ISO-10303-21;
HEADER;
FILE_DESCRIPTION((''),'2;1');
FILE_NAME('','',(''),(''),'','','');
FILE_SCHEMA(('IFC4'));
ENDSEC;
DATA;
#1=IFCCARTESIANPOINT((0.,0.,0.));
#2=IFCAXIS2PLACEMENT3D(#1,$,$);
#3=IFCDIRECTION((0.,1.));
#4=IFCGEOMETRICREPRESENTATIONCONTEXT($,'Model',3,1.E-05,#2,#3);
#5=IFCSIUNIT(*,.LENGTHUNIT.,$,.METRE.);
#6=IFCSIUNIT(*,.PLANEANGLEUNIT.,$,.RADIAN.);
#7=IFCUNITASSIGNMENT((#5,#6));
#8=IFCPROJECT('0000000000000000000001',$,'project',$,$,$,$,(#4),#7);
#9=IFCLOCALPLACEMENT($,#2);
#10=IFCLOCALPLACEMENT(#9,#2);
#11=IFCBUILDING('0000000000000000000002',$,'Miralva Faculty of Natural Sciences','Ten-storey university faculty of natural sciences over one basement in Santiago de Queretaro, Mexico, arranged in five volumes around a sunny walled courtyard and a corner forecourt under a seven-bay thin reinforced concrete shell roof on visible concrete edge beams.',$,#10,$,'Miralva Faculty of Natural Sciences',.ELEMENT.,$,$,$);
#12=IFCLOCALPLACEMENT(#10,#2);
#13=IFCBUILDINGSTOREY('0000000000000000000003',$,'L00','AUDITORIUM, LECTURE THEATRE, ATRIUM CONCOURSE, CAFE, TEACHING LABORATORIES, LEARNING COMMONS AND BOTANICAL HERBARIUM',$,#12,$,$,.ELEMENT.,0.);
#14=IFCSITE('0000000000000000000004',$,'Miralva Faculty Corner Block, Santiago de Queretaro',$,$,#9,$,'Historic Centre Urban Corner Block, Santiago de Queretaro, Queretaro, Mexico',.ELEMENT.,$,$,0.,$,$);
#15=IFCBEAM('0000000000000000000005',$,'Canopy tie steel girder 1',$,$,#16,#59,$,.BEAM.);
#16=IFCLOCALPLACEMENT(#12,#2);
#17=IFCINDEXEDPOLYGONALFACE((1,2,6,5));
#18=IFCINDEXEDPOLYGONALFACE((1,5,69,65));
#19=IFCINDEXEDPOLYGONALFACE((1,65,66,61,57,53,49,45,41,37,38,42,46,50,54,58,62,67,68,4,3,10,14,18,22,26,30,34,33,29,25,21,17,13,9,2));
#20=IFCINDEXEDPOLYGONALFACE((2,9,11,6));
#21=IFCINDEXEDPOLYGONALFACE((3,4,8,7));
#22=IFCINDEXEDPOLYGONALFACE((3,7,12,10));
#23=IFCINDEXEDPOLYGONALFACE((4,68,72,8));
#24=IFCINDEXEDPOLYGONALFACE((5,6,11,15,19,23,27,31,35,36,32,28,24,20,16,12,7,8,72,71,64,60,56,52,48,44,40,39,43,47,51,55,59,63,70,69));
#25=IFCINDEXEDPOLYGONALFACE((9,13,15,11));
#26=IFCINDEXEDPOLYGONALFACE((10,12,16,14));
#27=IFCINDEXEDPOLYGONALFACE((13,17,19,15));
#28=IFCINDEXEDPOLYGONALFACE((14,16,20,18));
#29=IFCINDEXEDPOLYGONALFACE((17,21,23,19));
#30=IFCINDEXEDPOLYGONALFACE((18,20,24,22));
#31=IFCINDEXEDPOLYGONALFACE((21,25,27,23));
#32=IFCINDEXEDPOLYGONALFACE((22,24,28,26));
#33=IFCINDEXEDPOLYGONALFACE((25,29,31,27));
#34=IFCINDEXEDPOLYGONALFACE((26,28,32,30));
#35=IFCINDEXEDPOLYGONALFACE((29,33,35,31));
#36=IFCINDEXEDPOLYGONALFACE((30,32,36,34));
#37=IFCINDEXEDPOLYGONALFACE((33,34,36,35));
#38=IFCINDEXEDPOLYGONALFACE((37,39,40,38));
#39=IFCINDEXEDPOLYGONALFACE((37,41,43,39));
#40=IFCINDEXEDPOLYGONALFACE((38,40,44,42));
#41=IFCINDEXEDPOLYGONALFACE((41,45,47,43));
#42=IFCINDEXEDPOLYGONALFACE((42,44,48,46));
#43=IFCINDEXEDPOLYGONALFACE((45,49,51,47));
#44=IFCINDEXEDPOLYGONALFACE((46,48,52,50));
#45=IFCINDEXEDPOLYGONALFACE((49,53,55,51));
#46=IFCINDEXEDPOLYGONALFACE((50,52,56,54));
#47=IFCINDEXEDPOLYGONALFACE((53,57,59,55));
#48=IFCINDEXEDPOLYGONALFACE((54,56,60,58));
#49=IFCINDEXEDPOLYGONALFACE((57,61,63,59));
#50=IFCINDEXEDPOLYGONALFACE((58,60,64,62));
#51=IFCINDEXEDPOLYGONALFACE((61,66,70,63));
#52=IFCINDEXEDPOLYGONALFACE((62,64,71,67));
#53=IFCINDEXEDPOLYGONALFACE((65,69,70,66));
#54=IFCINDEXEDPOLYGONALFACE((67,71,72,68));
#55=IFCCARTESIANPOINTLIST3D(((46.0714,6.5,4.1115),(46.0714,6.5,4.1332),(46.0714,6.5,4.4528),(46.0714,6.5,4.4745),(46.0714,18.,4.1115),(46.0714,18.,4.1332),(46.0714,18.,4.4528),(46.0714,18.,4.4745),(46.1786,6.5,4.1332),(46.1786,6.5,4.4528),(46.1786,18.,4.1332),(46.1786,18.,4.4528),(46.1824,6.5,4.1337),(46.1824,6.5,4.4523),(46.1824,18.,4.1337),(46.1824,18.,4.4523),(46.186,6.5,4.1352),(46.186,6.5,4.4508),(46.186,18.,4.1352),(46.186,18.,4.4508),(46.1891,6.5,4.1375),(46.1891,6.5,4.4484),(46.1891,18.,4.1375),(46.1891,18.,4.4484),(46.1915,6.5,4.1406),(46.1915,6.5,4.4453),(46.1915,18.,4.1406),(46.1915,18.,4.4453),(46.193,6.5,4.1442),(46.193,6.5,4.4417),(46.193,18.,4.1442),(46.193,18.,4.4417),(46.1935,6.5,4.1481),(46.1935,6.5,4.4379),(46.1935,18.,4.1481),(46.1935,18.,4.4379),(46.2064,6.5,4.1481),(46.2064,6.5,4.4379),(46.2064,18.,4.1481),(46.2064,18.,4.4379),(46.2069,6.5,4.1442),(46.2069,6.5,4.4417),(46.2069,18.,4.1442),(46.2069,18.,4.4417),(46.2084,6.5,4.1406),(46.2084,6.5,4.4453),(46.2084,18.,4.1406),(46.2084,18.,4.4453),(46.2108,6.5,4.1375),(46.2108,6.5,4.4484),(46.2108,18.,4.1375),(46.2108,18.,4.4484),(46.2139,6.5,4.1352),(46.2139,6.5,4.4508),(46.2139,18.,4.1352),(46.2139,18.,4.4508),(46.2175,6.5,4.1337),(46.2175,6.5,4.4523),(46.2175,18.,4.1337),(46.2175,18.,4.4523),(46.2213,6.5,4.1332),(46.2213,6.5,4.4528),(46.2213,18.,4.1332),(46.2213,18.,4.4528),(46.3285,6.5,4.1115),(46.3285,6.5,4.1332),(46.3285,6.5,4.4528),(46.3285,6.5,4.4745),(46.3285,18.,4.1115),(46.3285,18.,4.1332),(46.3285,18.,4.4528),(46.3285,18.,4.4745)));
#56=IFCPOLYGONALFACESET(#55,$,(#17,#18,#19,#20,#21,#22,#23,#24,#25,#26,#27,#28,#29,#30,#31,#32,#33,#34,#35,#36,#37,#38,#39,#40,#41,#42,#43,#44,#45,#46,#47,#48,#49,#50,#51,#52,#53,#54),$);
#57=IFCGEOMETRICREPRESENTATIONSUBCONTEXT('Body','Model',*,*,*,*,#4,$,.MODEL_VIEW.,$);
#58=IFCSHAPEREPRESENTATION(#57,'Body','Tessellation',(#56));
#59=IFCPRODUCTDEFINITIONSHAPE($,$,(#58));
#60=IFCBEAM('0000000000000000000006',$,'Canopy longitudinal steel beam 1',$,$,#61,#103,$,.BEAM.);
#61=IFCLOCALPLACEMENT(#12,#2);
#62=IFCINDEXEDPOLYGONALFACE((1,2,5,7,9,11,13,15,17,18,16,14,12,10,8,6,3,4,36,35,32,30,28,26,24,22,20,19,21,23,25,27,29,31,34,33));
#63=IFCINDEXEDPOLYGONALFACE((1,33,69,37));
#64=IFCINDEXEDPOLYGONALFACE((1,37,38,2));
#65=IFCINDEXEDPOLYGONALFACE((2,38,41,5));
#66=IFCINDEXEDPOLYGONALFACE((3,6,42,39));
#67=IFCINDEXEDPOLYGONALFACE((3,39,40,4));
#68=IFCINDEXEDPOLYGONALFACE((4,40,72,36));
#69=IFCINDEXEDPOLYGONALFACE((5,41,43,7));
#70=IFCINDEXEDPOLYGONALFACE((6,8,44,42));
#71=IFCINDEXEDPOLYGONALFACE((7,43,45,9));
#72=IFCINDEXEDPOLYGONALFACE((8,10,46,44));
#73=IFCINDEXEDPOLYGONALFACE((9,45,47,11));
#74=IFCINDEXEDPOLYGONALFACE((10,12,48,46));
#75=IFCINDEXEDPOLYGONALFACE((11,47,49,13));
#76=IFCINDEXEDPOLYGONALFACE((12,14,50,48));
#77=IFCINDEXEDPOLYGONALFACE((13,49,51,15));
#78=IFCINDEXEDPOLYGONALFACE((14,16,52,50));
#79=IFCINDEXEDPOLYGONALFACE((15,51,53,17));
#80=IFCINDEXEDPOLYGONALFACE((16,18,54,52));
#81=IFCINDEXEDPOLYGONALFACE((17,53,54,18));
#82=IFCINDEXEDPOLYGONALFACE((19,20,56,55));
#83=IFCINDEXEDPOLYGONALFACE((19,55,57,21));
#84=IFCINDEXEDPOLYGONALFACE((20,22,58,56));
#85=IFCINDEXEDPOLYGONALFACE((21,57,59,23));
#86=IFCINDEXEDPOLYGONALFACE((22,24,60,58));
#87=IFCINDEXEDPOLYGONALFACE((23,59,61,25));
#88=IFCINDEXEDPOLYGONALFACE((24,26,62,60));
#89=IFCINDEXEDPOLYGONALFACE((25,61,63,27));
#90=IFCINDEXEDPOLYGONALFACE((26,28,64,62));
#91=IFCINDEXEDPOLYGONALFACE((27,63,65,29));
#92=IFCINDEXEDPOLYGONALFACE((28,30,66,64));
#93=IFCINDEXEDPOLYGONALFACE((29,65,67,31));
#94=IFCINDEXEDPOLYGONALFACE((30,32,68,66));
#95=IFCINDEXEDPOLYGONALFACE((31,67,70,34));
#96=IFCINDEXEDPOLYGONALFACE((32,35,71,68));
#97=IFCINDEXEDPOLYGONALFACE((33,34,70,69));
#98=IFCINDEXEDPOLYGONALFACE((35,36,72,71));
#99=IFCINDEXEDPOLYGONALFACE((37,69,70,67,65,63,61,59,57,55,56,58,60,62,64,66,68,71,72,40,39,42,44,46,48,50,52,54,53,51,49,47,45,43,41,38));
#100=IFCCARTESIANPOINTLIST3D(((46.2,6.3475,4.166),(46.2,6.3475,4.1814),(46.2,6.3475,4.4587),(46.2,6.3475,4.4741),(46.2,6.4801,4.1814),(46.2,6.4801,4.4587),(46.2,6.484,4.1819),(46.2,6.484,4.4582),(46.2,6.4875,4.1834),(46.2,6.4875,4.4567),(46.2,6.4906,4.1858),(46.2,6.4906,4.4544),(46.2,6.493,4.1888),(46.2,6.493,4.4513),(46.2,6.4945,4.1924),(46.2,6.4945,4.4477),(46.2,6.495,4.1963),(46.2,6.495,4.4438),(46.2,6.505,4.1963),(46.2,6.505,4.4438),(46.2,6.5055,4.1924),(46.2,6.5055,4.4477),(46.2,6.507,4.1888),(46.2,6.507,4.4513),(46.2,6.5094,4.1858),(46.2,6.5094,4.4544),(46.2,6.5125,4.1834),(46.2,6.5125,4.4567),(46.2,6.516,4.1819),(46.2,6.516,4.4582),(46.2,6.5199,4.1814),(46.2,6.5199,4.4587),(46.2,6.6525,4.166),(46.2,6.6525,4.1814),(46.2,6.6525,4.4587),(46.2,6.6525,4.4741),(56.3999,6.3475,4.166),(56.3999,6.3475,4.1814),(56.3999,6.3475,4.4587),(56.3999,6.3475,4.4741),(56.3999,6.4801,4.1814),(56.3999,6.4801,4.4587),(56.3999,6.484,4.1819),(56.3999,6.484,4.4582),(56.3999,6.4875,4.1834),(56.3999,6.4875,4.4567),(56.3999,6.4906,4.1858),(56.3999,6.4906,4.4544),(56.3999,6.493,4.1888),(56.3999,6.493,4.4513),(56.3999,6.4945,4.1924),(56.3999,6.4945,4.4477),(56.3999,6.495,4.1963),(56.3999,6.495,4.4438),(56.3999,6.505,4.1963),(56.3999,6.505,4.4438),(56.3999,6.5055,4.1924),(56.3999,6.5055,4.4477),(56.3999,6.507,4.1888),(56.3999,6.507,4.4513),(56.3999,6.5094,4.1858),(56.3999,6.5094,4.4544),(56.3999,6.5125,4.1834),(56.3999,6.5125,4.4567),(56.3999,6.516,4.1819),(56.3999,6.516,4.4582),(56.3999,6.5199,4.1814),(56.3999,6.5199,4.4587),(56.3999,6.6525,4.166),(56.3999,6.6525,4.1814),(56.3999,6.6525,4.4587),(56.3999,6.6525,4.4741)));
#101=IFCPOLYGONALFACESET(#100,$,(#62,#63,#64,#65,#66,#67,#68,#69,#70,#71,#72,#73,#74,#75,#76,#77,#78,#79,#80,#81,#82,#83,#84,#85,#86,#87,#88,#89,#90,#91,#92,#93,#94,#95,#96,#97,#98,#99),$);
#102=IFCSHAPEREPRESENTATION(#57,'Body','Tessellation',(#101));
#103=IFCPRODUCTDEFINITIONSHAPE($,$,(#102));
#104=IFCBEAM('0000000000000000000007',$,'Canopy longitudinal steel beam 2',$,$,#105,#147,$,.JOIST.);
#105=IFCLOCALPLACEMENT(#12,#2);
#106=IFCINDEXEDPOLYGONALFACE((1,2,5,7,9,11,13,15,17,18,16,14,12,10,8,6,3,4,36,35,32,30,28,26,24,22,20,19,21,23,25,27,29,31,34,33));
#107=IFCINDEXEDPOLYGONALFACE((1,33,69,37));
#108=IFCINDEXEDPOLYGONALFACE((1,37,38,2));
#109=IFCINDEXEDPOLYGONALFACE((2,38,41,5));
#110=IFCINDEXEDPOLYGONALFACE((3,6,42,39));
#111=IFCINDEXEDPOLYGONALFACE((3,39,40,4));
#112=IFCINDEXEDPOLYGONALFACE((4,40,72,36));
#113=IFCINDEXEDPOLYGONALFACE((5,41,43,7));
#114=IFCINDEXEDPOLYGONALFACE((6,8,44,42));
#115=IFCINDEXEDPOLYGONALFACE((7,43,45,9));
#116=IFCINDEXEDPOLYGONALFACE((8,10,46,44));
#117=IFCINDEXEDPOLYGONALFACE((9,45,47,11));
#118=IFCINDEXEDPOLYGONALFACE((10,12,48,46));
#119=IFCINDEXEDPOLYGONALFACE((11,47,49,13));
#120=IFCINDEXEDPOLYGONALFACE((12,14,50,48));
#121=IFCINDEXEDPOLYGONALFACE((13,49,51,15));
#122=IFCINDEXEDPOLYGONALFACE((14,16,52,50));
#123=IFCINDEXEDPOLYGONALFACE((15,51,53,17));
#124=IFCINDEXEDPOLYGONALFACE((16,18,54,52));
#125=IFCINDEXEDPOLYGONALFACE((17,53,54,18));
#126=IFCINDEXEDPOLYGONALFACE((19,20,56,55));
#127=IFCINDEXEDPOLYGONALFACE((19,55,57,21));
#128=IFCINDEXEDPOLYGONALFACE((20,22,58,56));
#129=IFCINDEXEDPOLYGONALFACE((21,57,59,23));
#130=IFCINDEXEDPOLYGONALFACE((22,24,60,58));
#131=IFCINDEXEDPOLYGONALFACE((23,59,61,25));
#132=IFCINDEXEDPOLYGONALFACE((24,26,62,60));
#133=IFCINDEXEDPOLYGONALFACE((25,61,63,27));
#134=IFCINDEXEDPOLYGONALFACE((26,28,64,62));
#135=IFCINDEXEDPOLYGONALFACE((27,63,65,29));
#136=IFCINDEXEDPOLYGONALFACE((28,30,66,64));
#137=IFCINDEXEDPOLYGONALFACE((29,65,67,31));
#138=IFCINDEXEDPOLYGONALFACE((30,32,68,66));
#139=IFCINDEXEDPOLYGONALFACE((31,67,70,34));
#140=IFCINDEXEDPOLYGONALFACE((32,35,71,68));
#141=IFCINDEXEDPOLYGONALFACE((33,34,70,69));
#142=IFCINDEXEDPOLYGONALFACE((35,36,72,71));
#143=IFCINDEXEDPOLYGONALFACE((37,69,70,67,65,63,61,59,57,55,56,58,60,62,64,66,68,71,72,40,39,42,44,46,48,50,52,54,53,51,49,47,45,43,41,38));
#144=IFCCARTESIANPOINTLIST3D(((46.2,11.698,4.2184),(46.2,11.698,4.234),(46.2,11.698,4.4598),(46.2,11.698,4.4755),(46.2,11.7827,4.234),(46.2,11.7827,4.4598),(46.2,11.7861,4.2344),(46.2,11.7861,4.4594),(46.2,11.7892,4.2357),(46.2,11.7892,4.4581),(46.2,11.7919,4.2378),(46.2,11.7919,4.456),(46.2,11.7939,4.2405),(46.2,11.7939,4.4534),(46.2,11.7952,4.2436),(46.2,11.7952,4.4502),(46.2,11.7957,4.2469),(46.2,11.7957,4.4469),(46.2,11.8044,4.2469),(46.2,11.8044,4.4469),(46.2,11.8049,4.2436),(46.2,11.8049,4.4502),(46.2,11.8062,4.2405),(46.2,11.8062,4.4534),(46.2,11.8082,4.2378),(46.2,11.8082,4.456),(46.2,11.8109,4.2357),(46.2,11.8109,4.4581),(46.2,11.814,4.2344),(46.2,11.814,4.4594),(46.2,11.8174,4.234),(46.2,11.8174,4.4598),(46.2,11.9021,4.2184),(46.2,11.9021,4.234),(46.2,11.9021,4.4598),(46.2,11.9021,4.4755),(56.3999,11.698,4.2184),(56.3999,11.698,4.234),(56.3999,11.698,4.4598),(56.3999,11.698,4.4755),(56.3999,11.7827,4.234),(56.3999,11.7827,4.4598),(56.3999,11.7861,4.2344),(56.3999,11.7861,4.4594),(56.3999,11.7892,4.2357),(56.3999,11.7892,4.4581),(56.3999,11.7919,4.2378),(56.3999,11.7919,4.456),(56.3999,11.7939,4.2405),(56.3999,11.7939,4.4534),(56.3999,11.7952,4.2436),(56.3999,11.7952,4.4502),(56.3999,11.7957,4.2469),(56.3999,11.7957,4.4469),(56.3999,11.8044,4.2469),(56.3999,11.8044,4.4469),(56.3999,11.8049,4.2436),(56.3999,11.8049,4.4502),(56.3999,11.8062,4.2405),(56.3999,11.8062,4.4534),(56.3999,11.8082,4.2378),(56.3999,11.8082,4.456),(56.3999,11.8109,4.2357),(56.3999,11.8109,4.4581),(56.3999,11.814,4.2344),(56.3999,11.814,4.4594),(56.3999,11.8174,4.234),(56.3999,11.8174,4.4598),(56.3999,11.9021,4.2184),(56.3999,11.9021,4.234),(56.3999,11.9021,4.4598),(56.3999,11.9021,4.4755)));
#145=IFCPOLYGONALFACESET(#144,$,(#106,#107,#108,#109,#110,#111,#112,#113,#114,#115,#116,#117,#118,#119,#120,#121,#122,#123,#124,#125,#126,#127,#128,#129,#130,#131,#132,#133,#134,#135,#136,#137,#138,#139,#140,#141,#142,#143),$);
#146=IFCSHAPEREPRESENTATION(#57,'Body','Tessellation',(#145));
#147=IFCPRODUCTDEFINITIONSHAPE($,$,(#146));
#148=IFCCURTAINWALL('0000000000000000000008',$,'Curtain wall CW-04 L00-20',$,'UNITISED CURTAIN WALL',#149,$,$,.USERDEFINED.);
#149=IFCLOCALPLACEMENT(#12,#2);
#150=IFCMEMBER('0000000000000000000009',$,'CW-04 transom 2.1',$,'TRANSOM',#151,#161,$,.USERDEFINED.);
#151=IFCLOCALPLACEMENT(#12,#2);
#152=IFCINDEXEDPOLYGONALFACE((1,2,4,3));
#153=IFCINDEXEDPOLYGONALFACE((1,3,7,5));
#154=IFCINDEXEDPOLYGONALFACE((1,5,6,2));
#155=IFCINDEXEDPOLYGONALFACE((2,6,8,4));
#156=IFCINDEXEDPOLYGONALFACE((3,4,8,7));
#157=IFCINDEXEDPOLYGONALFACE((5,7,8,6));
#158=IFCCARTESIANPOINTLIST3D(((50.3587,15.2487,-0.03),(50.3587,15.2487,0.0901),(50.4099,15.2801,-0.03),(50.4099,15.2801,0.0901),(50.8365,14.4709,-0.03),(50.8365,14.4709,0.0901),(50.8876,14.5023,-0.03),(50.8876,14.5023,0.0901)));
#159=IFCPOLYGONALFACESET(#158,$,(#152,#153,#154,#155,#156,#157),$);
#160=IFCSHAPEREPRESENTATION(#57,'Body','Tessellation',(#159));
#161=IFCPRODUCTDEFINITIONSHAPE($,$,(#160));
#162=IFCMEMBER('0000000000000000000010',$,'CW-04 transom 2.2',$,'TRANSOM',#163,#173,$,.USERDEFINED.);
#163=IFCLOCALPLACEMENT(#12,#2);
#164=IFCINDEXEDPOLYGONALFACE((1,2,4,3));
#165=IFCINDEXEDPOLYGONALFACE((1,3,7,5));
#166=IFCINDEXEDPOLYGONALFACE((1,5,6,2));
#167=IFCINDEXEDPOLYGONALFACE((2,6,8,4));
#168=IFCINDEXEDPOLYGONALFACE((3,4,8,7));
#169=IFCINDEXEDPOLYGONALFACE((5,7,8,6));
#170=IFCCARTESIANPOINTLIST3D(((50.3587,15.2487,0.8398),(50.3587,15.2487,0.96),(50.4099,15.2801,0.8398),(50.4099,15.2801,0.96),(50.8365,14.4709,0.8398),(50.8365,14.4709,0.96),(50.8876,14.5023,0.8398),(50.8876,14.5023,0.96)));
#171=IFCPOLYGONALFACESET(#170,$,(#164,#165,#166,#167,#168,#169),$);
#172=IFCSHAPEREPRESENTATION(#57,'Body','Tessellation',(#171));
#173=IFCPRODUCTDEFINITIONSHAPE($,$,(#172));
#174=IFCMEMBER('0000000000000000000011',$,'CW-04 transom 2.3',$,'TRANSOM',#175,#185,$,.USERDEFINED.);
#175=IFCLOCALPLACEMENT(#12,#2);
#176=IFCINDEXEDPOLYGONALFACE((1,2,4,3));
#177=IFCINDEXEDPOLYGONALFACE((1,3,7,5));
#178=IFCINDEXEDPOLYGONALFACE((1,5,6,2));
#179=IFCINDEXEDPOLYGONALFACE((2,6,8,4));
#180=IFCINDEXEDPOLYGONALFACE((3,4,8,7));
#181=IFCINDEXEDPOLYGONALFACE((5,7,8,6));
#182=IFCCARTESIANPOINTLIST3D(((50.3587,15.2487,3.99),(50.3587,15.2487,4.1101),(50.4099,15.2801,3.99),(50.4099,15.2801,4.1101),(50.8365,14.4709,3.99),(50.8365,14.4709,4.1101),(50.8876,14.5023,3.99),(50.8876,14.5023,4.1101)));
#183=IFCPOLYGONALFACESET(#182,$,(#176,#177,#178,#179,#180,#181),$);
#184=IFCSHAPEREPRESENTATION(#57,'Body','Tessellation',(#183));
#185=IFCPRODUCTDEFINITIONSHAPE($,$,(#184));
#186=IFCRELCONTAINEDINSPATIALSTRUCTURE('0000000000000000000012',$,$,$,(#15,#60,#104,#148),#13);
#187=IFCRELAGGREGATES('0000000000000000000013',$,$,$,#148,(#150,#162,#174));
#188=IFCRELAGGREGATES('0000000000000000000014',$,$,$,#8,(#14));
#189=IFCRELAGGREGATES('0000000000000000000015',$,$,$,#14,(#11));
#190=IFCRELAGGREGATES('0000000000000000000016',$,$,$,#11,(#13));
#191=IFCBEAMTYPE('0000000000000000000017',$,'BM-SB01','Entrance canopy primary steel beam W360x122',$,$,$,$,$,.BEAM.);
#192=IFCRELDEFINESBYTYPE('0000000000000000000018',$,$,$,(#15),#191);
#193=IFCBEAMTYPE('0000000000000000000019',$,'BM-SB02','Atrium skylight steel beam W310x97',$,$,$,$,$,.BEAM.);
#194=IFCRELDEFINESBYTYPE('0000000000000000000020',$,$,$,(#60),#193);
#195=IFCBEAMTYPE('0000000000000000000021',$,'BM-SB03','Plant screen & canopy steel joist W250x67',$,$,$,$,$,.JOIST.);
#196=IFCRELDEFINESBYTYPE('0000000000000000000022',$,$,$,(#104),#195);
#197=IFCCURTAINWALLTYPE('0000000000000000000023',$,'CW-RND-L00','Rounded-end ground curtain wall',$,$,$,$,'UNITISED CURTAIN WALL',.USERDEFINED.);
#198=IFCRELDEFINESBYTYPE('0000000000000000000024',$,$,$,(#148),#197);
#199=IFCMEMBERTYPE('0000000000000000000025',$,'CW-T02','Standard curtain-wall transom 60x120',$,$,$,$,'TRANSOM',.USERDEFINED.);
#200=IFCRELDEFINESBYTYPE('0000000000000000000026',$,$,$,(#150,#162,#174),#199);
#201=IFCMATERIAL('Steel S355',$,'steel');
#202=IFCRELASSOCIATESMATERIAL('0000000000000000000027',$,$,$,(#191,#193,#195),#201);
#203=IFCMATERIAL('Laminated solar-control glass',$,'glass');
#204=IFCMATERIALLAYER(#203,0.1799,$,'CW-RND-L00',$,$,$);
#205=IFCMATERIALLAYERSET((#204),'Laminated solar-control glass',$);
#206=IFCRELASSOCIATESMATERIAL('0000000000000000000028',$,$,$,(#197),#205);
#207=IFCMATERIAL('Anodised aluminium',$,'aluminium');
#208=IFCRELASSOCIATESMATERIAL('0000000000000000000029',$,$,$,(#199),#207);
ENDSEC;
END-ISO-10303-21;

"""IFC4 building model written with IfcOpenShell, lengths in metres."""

from ifc_helpers import new_model, si_unit, direction, frame, origin, origin_2d, place, context, subcontext, project, spatial, rectangle, i_section, extrude, material, layer, layer_set, material_profile, profile_set, type_object, element, aggregate, save


model = new_model("IFC4")

# Units and contexts
model_context = context("Model", 3, precision=1e-05, world=origin(), true_north=direction((0.0, 1.0)))
body_context = subcontext(model_context, "Body", "Model", "MODEL_VIEW")
ifc_project = project(units=[si_unit("LENGTHUNIT", "METRE"), si_unit("PLANEANGLEUNIT", "RADIAN")], contexts=[model_context])

# Site, building, storey
site_placement = place(None, origin())
site = spatial("IfcSite", under=ifc_project, at=site_placement, Name="Miralva Faculty Corner Block, Santiago de Queretaro", LongName="Historic Centre Urban Corner Block, Santiago de Queretaro, Queretaro, Mexico", CompositionType="ELEMENT", RefElevation=0.0)
building_placement = place(site_placement, origin())
building = spatial("IfcBuilding", under=site, at=building_placement, Name="Miralva Faculty of Natural Sciences", Description="Ten-storey university faculty of natural sciences over one basement in Santiago de Queretaro, Mexico, arranged in five volumes around a sunny walled courtyard and a corner forecourt under a seven-bay thin reinforced concrete shell roof on visible concrete edge beams.", LongName="Miralva Faculty of Natural Sciences", CompositionType="ELEMENT")
storey_placement = place(building_placement, origin())
storey = spatial("IfcBuildingStorey", under=building, at=storey_placement, Name="L00", Description="AUDITORIUM, LECTURE THEATRE, ATRIUM CONCOURSE, CAFE, TEACHING LABORATORIES, LEARNING COMMONS AND BOTANICAL HERBARIUM", CompositionType="ELEMENT", Elevation=0.0)

# Shared definitions
ifc_material_1 = material(Name="Steel S355", Category="steel")

# Beams
ifc_material_profile_1 = material_profile(ifc_material_1, i_section(OverallWidth=0.2571, OverallDepth=0.363, WebThickness=0.0129, FlangeThickness=0.0217, FilletRadius=0.0149, at=origin_2d()), Name="W360x122")
ifc_profile_set_1 = profile_set([ifc_material_profile_1], Name="Steel S355")
beam_type_1 = type_object("IfcBeamType", Name="BM-SB01", Description="Entrance canopy primary steel beam W360x122", PredefinedType="BEAM", material=ifc_profile_set_1)
beam_1_placement = place(storey_placement, frame((46.2, 6.5, 4.293), z_axis=(0.0, 1.0, 0.0), x_axis=(-1.0, 0.0, 0.0)))
element("IfcBeam", 1, at=beam_1_placement, inside=storey, type_object=beam_type_1, Name="Canopy tie steel girder 1", PredefinedType="BEAM", context=body_context, shape_type="SweptSolid", body=[
    extrude(i_section(OverallWidth=0.2571, OverallDepth=0.363, WebThickness=0.0129, FlangeThickness=0.0217, FilletRadius=0.0149, at=origin_2d()), origin(), (0.0, 0.0, 1.0), 11.5),
])
ifc_material_profile_2 = material_profile(ifc_material_1, i_section(OverallWidth=0.3049, OverallDepth=0.3081, WebThickness=0.01, FlangeThickness=0.0154, FilletRadius=0.0149, at=origin_2d()), Name="W310x97")
ifc_profile_set_2 = profile_set([ifc_material_profile_2], Name="Steel S355")
beam_type_2 = type_object("IfcBeamType", Name="BM-SB02", Description="Atrium skylight steel beam W310x97", PredefinedType="BEAM", material=ifc_profile_set_2)
beam_2_placement = place(storey_placement, frame((46.2, 6.5, 4.3201), z_axis=(1.0, 0.0, 0.0), x_axis=(0.0, 1.0, 0.0)))
element("IfcBeam", 2, at=beam_2_placement, inside=storey, type_object=beam_type_2, Name="Canopy longitudinal steel beam 1", PredefinedType="BEAM", context=body_context, shape_type="SweptSolid", body=[
    extrude(i_section(OverallWidth=0.3049, OverallDepth=0.3081, WebThickness=0.01, FlangeThickness=0.0154, FilletRadius=0.0149, at=origin_2d()), origin(), (0.0, 0.0, 1.0), 10.2),
])
ifc_material_profile_3 = material_profile(ifc_material_1, i_section(OverallWidth=0.2041, OverallDepth=0.2571, WebThickness=0.0088, FlangeThickness=0.0156, FilletRadius=0.0129, at=origin_2d()), Name="W250x67")
ifc_profile_set_3 = profile_set([ifc_material_profile_3], Name="Steel S355")
beam_type_3 = type_object("IfcBeamType", Name="BM-SB03", Description="Plant screen & canopy steel joist W250x67", PredefinedType="JOIST", material=ifc_profile_set_3)
beam_3_placement = place(storey_placement, frame((46.2, 11.8, 4.3469), z_axis=(1.0, 0.0, 0.0), x_axis=(0.0, 1.0, 0.0)))
element("IfcBeam", 3, at=beam_3_placement, inside=storey, type_object=beam_type_3, Name="Canopy longitudinal steel beam 2", PredefinedType="JOIST", context=body_context, shape_type="SweptSolid", body=[
    extrude(i_section(OverallWidth=0.2041, OverallDepth=0.2571, WebThickness=0.0088, FlangeThickness=0.0156, FilletRadius=0.0129, at=origin_2d()), origin(), (0.0, 0.0, 1.0), 10.2),
])

# Curtain wall, members
ifc_material_2 = material(Name="Laminated solar-control glass", Category="glass")
ifc_layer_1 = layer(ifc_material_2, 0.1799, Name="CW-RND-L00")
ifc_layer_set_1 = layer_set([ifc_layer_1], Name="Laminated solar-control glass")
curtain_wall_type = type_object("IfcCurtainWallType", Name="CW-RND-L00", Description="Rounded-end ground curtain wall", ElementType="UNITISED CURTAIN WALL", PredefinedType="USERDEFINED", material=ifc_layer_set_1)
curtain_wall_placement = place(storey_placement, origin())
curtain_wall = element("IfcCurtainWall", 4, at=curtain_wall_placement, inside=storey, type_object=curtain_wall_type, Name="Curtain wall CW-04 L00-20", ObjectType="UNITISED CURTAIN WALL", PredefinedType="USERDEFINED")
ifc_material_3 = material(Name="Anodised aluminium", Category="aluminium")
ifc_material_profile_4 = material_profile(ifc_material_3, rectangle(XDim=0.0601, YDim=0.1201, at=origin_2d()), Name="TRANSOM 60x120")
ifc_profile_set_4 = profile_set([ifc_material_profile_4], Name="Anodised aluminium")
member_type_1 = type_object("IfcMemberType", Name="CW-T02", Description="Standard curtain-wall transom 60x120", ElementType="TRANSOM", PredefinedType="USERDEFINED", material=ifc_profile_set_4)
member_1_placement = place(storey_placement, frame((50.3843, 15.2644, 0.03), z_axis=(0.523396, -0.85209, 0.0), x_axis=(0.85209, 0.523396, 0.0)))
member_1 = element("IfcMember", 5, at=member_1_placement, type_object=member_type_1, Name="CW-04 transom 2.1", ObjectType="TRANSOM", PredefinedType="USERDEFINED", context=body_context, shape_type="SweptSolid", body=[
    extrude(rectangle(XDim=0.0601, YDim=0.1201, at=origin_2d()), origin(), (0.0, 0.0, 1.0), 0.9128),
])
member_2_placement = place(storey_placement, frame((50.3843, 15.2644, 0.8999), z_axis=(0.523396, -0.85209, 0.0), x_axis=(0.85209, 0.523396, 0.0)))
member_2 = element("IfcMember", 6, at=member_2_placement, type_object=member_type_1, Name="CW-04 transom 2.2", ObjectType="TRANSOM", PredefinedType="USERDEFINED", context=body_context, shape_type="SweptSolid", body=[
    extrude(rectangle(XDim=0.0601, YDim=0.1201, at=origin_2d()), origin(), (0.0, 0.0, 1.0), 0.9128),
])
member_3_placement = place(storey_placement, frame((50.3843, 15.2644, 4.05), z_axis=(0.523396, -0.85209, 0.0), x_axis=(0.85209, 0.523396, 0.0)))
member_3 = element("IfcMember", 7, at=member_3_placement, type_object=member_type_1, Name="CW-04 transom 2.3", ObjectType="TRANSOM", PredefinedType="USERDEFINED", context=body_context, shape_type="SweptSolid", body=[
    extrude(rectangle(XDim=0.0601, YDim=0.1201, at=origin_2d()), origin(), (0.0, 0.0, 1.0), 0.9128),
])
aggregate(curtain_wall, [member_1, member_2, member_3])

save(model, "model.ifc")
